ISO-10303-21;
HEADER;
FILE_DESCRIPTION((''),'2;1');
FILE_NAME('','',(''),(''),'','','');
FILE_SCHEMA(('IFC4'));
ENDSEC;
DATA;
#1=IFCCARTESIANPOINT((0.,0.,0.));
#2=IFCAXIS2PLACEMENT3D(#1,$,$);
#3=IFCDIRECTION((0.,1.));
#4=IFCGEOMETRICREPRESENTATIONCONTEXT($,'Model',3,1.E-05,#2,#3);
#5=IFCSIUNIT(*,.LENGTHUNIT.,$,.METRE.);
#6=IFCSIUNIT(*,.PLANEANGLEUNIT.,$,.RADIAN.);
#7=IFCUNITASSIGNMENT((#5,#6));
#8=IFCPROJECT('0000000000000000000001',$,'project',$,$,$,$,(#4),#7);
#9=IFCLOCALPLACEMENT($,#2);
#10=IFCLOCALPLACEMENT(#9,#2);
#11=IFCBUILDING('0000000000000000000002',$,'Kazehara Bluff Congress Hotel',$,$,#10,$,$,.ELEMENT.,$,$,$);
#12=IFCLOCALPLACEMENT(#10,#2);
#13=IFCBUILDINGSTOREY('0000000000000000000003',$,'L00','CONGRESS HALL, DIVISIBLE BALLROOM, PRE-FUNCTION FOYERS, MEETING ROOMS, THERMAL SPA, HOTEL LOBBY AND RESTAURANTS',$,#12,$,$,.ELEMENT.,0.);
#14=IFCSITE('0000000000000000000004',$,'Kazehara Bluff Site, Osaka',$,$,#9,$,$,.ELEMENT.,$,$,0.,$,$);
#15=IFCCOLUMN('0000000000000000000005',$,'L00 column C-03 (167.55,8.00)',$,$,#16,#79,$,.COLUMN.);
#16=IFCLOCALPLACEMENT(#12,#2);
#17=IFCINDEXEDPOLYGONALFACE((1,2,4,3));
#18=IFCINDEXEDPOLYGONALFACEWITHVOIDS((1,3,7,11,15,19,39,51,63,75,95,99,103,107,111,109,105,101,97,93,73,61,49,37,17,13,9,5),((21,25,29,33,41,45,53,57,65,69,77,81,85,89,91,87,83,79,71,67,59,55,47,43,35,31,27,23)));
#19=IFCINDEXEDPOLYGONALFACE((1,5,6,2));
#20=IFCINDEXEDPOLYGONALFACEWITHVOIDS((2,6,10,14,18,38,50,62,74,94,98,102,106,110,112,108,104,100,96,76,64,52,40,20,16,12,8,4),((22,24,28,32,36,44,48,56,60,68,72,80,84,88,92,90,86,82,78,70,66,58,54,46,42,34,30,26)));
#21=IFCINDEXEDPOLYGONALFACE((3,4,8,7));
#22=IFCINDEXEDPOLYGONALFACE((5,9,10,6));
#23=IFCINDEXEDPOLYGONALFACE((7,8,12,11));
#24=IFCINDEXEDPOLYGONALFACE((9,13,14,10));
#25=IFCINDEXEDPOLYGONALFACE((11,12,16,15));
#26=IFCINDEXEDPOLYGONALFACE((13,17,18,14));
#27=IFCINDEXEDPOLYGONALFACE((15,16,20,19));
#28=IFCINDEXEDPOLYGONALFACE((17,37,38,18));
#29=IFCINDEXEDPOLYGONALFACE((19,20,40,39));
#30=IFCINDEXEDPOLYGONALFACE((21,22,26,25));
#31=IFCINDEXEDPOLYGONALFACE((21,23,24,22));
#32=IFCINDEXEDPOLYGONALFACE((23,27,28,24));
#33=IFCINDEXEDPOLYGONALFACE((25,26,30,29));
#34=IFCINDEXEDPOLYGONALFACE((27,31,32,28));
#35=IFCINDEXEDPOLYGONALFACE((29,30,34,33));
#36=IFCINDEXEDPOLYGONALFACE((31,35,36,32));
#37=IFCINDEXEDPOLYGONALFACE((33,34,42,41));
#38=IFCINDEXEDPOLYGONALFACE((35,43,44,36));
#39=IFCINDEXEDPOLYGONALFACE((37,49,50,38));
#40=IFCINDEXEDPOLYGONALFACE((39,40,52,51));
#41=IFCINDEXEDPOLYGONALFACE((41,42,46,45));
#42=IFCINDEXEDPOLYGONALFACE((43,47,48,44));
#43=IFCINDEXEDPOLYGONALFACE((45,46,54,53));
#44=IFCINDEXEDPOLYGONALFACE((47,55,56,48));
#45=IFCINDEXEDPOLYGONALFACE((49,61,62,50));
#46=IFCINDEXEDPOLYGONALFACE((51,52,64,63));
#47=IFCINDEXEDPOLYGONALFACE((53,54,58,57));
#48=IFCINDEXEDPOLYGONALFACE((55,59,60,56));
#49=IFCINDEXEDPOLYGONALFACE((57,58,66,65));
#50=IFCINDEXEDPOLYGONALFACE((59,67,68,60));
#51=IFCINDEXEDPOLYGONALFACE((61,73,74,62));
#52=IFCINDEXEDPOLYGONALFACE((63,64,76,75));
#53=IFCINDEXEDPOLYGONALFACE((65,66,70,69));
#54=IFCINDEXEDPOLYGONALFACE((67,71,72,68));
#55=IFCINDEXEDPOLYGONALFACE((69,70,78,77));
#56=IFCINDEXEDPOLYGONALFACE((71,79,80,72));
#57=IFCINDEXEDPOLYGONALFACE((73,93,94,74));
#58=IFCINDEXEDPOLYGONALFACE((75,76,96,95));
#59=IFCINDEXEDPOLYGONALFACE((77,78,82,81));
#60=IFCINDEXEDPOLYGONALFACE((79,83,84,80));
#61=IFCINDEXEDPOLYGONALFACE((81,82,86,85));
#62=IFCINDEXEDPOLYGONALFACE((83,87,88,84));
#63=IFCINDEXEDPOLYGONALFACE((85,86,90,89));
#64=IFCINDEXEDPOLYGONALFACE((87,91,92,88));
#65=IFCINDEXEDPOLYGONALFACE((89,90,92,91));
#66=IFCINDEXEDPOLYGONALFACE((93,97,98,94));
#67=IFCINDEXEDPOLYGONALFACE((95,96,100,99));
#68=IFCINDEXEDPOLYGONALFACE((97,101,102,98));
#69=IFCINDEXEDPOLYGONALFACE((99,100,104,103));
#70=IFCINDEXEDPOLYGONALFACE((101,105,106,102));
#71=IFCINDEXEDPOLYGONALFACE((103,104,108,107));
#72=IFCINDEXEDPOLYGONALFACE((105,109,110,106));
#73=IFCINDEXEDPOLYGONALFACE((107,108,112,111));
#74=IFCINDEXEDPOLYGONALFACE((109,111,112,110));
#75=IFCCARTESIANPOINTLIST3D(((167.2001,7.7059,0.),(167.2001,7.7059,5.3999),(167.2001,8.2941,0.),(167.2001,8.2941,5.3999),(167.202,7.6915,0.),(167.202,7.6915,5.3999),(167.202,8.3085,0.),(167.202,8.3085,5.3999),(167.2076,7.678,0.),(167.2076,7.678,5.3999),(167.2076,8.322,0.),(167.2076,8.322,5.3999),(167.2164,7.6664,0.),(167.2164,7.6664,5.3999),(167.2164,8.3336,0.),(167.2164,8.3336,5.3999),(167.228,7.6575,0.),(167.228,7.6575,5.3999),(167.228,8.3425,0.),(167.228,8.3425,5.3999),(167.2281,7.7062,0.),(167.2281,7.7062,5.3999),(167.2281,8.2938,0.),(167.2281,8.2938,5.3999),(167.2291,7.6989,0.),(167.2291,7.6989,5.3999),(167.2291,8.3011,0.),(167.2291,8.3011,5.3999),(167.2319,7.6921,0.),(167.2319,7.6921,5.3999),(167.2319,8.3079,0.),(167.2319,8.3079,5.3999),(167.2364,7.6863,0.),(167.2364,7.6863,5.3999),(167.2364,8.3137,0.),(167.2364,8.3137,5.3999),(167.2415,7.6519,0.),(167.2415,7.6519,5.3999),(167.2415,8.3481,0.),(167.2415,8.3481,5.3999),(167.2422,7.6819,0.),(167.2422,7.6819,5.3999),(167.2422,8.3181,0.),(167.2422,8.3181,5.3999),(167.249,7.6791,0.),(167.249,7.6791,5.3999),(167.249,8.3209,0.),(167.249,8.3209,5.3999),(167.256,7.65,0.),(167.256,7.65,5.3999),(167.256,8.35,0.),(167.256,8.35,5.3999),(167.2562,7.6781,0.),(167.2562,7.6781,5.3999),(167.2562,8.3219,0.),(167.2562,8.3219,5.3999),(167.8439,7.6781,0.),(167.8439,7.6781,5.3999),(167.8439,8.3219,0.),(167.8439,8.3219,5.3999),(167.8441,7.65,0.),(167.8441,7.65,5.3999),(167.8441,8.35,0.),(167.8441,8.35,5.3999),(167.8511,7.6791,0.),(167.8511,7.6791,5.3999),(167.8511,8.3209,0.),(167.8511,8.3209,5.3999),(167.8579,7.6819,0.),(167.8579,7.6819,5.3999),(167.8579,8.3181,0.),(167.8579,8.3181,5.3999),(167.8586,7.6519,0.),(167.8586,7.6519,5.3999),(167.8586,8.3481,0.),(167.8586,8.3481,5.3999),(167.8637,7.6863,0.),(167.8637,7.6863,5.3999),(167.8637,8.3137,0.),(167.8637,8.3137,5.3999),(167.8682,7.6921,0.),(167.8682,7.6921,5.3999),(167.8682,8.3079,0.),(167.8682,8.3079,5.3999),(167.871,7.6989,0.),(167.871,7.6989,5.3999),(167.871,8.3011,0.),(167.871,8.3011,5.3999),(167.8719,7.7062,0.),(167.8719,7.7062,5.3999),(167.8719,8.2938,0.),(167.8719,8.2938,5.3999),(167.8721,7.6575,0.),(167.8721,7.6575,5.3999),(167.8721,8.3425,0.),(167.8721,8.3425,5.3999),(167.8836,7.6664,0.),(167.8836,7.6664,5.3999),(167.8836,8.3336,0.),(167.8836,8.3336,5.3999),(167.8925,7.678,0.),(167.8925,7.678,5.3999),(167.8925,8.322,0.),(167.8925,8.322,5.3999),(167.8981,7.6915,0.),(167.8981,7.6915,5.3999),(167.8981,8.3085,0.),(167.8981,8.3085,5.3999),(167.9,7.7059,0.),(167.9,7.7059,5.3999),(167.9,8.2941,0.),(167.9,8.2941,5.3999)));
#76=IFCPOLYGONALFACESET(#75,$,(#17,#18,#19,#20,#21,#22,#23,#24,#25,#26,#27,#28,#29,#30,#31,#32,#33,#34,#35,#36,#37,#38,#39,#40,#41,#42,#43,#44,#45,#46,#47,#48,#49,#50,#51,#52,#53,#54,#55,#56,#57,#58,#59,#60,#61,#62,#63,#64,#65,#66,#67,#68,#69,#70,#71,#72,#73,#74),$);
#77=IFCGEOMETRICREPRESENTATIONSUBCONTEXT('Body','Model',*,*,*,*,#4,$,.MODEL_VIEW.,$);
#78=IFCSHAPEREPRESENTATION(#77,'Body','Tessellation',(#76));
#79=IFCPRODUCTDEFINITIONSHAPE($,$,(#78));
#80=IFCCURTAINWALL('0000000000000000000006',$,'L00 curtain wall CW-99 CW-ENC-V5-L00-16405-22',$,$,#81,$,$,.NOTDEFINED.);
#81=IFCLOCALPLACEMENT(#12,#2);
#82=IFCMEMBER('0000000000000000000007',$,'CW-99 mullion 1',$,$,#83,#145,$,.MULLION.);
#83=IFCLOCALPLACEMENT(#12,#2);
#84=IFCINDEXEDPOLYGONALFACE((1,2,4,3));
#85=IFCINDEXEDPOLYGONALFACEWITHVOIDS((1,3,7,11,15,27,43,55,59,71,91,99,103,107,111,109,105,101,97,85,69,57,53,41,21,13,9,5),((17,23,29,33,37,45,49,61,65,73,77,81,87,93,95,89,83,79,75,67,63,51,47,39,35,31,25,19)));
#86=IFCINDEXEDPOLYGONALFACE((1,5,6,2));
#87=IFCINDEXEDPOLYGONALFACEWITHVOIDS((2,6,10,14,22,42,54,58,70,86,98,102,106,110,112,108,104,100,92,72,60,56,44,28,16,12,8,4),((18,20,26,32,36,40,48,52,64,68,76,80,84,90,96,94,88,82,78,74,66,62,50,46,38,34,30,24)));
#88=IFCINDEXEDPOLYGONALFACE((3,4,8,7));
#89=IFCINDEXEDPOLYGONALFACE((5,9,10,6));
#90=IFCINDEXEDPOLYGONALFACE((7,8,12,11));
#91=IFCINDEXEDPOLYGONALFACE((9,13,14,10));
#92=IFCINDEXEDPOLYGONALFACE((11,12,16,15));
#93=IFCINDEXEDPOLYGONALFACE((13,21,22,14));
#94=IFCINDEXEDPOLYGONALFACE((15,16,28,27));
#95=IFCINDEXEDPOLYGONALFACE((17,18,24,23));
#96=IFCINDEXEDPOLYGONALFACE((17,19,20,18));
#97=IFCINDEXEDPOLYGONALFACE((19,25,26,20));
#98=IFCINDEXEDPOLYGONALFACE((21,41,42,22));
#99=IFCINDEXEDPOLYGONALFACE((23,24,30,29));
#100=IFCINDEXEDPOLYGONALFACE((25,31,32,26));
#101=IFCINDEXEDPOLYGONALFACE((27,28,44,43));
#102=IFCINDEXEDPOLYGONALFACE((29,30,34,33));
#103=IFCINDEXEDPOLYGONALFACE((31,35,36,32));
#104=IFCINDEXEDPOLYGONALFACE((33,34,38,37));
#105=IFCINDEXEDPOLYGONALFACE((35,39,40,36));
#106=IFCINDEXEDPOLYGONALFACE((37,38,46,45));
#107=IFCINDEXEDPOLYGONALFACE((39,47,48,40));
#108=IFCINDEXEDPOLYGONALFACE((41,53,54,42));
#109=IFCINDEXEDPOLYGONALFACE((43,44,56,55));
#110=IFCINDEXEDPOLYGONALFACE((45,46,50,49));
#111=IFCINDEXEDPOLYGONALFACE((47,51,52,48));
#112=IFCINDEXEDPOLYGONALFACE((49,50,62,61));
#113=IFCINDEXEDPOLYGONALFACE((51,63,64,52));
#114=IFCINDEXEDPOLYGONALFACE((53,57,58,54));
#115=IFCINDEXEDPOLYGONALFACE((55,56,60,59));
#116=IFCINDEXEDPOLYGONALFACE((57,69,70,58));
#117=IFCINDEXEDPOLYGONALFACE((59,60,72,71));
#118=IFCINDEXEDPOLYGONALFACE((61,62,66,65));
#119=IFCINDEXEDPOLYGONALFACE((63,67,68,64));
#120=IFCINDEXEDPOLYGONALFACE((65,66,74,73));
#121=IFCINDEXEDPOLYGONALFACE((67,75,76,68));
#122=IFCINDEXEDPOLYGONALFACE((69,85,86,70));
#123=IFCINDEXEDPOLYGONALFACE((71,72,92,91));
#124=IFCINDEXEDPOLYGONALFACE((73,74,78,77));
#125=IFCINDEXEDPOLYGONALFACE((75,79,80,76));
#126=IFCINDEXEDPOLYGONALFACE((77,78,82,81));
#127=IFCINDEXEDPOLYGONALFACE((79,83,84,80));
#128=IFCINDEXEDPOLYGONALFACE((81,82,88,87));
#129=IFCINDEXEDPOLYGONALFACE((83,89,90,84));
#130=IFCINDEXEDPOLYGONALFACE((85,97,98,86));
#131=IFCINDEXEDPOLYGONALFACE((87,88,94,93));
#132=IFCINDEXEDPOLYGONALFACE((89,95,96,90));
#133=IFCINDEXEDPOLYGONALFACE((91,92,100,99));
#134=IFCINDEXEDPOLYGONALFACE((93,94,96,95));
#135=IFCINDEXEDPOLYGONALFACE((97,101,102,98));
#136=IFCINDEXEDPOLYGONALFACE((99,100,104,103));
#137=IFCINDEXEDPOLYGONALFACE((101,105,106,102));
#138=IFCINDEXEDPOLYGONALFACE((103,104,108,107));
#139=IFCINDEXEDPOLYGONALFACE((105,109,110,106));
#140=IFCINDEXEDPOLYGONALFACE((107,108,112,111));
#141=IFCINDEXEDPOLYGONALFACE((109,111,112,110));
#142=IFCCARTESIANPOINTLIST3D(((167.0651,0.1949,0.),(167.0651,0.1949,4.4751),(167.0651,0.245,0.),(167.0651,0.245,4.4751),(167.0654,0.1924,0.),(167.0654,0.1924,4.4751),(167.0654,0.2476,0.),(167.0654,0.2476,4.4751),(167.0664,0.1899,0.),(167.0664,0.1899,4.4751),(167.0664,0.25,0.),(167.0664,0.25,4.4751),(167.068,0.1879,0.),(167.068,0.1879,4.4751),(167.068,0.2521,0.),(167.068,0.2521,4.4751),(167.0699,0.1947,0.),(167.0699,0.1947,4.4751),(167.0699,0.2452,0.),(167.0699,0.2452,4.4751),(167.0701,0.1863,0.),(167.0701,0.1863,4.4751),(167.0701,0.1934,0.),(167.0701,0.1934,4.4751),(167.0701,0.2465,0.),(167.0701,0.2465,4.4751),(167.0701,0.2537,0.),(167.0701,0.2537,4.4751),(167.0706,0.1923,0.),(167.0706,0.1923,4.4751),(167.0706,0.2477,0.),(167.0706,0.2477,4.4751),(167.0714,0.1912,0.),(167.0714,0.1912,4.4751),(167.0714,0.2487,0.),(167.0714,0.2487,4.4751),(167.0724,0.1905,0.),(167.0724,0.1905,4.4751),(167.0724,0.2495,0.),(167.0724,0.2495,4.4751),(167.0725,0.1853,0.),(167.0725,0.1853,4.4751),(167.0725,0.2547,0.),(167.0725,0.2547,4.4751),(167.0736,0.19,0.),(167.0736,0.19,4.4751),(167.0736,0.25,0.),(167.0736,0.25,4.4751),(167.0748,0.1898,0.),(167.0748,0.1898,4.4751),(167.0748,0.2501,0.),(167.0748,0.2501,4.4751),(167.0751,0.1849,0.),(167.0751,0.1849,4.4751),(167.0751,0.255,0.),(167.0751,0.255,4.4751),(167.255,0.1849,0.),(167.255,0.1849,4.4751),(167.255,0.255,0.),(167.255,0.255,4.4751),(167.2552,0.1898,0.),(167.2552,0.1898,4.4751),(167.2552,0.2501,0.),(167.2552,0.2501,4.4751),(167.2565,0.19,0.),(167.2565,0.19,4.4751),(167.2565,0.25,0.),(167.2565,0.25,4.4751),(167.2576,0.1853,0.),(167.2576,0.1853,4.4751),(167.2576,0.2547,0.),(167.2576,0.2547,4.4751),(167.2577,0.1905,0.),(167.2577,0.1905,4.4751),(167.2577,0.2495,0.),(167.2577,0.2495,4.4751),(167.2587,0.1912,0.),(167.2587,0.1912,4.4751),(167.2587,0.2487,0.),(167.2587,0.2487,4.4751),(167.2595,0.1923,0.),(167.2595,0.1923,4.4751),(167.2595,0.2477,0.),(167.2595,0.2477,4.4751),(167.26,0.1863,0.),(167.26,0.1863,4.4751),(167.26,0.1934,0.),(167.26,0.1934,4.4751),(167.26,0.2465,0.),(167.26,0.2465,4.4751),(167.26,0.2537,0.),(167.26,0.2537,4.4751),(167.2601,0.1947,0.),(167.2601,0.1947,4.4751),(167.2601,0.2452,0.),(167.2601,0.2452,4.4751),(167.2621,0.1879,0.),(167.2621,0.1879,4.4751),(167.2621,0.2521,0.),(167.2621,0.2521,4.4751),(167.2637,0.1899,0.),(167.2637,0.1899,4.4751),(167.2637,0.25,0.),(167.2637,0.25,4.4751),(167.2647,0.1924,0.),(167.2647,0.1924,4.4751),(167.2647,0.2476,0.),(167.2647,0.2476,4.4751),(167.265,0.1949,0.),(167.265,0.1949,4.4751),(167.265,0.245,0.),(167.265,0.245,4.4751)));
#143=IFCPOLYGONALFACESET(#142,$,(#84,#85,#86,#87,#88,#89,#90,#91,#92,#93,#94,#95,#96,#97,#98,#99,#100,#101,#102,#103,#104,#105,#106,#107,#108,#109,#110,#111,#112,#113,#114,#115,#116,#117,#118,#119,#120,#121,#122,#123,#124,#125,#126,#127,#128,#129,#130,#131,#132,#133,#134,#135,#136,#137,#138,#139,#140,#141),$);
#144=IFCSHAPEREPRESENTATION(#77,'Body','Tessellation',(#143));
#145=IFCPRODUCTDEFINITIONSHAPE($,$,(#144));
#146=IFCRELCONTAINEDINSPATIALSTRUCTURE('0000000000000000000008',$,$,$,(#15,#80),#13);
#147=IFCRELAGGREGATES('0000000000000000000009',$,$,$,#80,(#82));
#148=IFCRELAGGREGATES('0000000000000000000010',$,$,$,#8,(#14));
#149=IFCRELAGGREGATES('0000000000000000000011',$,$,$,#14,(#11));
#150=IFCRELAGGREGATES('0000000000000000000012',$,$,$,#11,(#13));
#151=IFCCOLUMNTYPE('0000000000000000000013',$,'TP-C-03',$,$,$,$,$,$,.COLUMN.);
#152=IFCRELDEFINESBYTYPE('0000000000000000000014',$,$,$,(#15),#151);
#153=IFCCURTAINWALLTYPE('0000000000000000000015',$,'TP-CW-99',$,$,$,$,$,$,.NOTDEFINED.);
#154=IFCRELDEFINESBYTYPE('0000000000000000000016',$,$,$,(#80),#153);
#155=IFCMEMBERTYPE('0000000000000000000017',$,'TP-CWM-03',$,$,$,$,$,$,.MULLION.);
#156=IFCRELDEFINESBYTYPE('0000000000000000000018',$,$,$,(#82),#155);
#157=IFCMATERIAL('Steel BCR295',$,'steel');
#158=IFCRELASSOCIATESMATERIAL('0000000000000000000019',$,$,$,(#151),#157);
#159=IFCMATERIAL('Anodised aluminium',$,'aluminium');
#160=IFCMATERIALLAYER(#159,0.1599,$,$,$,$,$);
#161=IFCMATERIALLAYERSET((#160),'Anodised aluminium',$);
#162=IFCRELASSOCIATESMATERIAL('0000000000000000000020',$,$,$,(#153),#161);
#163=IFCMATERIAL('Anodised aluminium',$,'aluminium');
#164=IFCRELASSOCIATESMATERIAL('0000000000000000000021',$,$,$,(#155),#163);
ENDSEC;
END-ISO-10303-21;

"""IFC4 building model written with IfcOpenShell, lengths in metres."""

from ifc_helpers import new_model, si_unit, direction, frame, origin, origin_2d, place, context, subcontext, project, spatial, hollow_rectangle, extrude, material, layer, layer_set, material_profile, profile_set, type_object, element, aggregate, save


model = new_model("IFC4")

# Units and contexts
model_context = context("Model", 3, precision=1e-05, world=origin(), true_north=direction((0.0, 1.0)))
body_context = subcontext(model_context, "Body", "Model", "MODEL_VIEW")
ifc_project = project(units=[si_unit("LENGTHUNIT", "METRE"), si_unit("PLANEANGLEUNIT", "RADIAN")], contexts=[model_context])

# Site, building, storey
site_placement = place(None, origin())
site = spatial("IfcSite", under=ifc_project, at=site_placement, Name="Kazehara Bluff Site, Osaka", CompositionType="ELEMENT", RefElevation=0.0)
building_placement = place(site_placement, origin())
building = spatial("IfcBuilding", under=site, at=building_placement, Name="Kazehara Bluff Congress Hotel", CompositionType="ELEMENT")
storey_placement = place(building_placement, origin())
storey = spatial("IfcBuildingStorey", under=building, at=storey_placement, Name="L00", Description="CONGRESS HALL, DIVISIBLE BALLROOM, PRE-FUNCTION FOYERS, MEETING ROOMS, THERMAL SPA, HOTEL LOBBY AND RESTAURANTS", CompositionType="ELEMENT", Elevation=0.0)

# Column
ifc_material_1 = material(Name="Steel BCR295", Category="steel")
ifc_material_profile_1 = material_profile(ifc_material_1, hollow_rectangle(XDim=0.7, YDim=0.7, WallThickness=0.0281, InnerFilletRadius=0.0281, OuterFilletRadius=0.0559, at=origin_2d()))
ifc_profile_set_1 = profile_set([ifc_material_profile_1], Name="Steel BCR295")
column_type_1 = type_object("IfcColumnType", Name="TP-C-03", PredefinedType="COLUMN", material=ifc_profile_set_1)
for number, where, z_axis, x_axis, name in (
    (1, (167.55, 8.0, 0.0), (0.0, 0.0, 1.0), (1.0, 0.0, 0.0), "L00 column C-03 (167.55,8.00)"),
):
    element("IfcColumn", number, at=place(storey_placement, frame(where, z_axis=z_axis, x_axis=x_axis)), inside=storey, type_object=column_type_1, Name=name, PredefinedType="COLUMN", context=body_context, shape_type="SweptSolid", body=[
        extrude(hollow_rectangle(XDim=0.7, YDim=0.7, WallThickness=0.0281, InnerFilletRadius=0.0281, OuterFilletRadius=0.0559, at=origin_2d()), origin(), (0.0, 0.0, 1.0), 5.3999),
    ])

# Curtain wall, member
ifc_material_2 = material(Name="Anodised aluminium", Category="aluminium")
ifc_layer_1 = layer(ifc_material_2, 0.1599)
ifc_layer_set_1 = layer_set([ifc_layer_1], Name="Anodised aluminium")
curtain_wall_type = type_object("IfcCurtainWallType", Name="TP-CW-99", PredefinedType="NOTDEFINED", material=ifc_layer_set_1)
curtain_wall_placement = place(storey_placement, origin())
curtain_wall = element("IfcCurtainWall", 2, at=curtain_wall_placement, inside=storey, type_object=curtain_wall_type, Name="L00 curtain wall CW-99 CW-ENC-V5-L00-16405-22", PredefinedType="NOTDEFINED")
ifc_material_3 = material(Name="Anodised aluminium", Category="aluminium")
ifc_material_profile_2 = material_profile(ifc_material_3, hollow_rectangle(XDim=0.0701, YDim=0.2, WallThickness=0.0049, InnerFilletRadius=0.0049, OuterFilletRadius=0.01, at=origin_2d()))
ifc_profile_set_2 = profile_set([ifc_material_profile_2], Name="Anodised aluminium")
member_type_1 = type_object("IfcMemberType", Name="TP-CWM-03", PredefinedType="MULLION", material=ifc_profile_set_2)
member_1_placement = place(storey_placement, frame((167.165, 0.22, 0.0), z_axis=(0.0, 0.0, 1.0), x_axis=(0.0, -1.0, 0.0)))
member_1 = element("IfcMember", 3, at=member_1_placement, type_object=member_type_1, Name="CW-99 mullion 1", PredefinedType="MULLION", context=body_context, shape_type="SweptSolid", body=[
    extrude(hollow_rectangle(XDim=0.0701, YDim=0.2, WallThickness=0.0049, InnerFilletRadius=0.0049, OuterFilletRadius=0.01, at=origin_2d()), origin(), (0.0, 0.0, 1.0), 4.4751),
])

aggregate(curtain_wall, [member_1])

save(model, "model.ifc")
